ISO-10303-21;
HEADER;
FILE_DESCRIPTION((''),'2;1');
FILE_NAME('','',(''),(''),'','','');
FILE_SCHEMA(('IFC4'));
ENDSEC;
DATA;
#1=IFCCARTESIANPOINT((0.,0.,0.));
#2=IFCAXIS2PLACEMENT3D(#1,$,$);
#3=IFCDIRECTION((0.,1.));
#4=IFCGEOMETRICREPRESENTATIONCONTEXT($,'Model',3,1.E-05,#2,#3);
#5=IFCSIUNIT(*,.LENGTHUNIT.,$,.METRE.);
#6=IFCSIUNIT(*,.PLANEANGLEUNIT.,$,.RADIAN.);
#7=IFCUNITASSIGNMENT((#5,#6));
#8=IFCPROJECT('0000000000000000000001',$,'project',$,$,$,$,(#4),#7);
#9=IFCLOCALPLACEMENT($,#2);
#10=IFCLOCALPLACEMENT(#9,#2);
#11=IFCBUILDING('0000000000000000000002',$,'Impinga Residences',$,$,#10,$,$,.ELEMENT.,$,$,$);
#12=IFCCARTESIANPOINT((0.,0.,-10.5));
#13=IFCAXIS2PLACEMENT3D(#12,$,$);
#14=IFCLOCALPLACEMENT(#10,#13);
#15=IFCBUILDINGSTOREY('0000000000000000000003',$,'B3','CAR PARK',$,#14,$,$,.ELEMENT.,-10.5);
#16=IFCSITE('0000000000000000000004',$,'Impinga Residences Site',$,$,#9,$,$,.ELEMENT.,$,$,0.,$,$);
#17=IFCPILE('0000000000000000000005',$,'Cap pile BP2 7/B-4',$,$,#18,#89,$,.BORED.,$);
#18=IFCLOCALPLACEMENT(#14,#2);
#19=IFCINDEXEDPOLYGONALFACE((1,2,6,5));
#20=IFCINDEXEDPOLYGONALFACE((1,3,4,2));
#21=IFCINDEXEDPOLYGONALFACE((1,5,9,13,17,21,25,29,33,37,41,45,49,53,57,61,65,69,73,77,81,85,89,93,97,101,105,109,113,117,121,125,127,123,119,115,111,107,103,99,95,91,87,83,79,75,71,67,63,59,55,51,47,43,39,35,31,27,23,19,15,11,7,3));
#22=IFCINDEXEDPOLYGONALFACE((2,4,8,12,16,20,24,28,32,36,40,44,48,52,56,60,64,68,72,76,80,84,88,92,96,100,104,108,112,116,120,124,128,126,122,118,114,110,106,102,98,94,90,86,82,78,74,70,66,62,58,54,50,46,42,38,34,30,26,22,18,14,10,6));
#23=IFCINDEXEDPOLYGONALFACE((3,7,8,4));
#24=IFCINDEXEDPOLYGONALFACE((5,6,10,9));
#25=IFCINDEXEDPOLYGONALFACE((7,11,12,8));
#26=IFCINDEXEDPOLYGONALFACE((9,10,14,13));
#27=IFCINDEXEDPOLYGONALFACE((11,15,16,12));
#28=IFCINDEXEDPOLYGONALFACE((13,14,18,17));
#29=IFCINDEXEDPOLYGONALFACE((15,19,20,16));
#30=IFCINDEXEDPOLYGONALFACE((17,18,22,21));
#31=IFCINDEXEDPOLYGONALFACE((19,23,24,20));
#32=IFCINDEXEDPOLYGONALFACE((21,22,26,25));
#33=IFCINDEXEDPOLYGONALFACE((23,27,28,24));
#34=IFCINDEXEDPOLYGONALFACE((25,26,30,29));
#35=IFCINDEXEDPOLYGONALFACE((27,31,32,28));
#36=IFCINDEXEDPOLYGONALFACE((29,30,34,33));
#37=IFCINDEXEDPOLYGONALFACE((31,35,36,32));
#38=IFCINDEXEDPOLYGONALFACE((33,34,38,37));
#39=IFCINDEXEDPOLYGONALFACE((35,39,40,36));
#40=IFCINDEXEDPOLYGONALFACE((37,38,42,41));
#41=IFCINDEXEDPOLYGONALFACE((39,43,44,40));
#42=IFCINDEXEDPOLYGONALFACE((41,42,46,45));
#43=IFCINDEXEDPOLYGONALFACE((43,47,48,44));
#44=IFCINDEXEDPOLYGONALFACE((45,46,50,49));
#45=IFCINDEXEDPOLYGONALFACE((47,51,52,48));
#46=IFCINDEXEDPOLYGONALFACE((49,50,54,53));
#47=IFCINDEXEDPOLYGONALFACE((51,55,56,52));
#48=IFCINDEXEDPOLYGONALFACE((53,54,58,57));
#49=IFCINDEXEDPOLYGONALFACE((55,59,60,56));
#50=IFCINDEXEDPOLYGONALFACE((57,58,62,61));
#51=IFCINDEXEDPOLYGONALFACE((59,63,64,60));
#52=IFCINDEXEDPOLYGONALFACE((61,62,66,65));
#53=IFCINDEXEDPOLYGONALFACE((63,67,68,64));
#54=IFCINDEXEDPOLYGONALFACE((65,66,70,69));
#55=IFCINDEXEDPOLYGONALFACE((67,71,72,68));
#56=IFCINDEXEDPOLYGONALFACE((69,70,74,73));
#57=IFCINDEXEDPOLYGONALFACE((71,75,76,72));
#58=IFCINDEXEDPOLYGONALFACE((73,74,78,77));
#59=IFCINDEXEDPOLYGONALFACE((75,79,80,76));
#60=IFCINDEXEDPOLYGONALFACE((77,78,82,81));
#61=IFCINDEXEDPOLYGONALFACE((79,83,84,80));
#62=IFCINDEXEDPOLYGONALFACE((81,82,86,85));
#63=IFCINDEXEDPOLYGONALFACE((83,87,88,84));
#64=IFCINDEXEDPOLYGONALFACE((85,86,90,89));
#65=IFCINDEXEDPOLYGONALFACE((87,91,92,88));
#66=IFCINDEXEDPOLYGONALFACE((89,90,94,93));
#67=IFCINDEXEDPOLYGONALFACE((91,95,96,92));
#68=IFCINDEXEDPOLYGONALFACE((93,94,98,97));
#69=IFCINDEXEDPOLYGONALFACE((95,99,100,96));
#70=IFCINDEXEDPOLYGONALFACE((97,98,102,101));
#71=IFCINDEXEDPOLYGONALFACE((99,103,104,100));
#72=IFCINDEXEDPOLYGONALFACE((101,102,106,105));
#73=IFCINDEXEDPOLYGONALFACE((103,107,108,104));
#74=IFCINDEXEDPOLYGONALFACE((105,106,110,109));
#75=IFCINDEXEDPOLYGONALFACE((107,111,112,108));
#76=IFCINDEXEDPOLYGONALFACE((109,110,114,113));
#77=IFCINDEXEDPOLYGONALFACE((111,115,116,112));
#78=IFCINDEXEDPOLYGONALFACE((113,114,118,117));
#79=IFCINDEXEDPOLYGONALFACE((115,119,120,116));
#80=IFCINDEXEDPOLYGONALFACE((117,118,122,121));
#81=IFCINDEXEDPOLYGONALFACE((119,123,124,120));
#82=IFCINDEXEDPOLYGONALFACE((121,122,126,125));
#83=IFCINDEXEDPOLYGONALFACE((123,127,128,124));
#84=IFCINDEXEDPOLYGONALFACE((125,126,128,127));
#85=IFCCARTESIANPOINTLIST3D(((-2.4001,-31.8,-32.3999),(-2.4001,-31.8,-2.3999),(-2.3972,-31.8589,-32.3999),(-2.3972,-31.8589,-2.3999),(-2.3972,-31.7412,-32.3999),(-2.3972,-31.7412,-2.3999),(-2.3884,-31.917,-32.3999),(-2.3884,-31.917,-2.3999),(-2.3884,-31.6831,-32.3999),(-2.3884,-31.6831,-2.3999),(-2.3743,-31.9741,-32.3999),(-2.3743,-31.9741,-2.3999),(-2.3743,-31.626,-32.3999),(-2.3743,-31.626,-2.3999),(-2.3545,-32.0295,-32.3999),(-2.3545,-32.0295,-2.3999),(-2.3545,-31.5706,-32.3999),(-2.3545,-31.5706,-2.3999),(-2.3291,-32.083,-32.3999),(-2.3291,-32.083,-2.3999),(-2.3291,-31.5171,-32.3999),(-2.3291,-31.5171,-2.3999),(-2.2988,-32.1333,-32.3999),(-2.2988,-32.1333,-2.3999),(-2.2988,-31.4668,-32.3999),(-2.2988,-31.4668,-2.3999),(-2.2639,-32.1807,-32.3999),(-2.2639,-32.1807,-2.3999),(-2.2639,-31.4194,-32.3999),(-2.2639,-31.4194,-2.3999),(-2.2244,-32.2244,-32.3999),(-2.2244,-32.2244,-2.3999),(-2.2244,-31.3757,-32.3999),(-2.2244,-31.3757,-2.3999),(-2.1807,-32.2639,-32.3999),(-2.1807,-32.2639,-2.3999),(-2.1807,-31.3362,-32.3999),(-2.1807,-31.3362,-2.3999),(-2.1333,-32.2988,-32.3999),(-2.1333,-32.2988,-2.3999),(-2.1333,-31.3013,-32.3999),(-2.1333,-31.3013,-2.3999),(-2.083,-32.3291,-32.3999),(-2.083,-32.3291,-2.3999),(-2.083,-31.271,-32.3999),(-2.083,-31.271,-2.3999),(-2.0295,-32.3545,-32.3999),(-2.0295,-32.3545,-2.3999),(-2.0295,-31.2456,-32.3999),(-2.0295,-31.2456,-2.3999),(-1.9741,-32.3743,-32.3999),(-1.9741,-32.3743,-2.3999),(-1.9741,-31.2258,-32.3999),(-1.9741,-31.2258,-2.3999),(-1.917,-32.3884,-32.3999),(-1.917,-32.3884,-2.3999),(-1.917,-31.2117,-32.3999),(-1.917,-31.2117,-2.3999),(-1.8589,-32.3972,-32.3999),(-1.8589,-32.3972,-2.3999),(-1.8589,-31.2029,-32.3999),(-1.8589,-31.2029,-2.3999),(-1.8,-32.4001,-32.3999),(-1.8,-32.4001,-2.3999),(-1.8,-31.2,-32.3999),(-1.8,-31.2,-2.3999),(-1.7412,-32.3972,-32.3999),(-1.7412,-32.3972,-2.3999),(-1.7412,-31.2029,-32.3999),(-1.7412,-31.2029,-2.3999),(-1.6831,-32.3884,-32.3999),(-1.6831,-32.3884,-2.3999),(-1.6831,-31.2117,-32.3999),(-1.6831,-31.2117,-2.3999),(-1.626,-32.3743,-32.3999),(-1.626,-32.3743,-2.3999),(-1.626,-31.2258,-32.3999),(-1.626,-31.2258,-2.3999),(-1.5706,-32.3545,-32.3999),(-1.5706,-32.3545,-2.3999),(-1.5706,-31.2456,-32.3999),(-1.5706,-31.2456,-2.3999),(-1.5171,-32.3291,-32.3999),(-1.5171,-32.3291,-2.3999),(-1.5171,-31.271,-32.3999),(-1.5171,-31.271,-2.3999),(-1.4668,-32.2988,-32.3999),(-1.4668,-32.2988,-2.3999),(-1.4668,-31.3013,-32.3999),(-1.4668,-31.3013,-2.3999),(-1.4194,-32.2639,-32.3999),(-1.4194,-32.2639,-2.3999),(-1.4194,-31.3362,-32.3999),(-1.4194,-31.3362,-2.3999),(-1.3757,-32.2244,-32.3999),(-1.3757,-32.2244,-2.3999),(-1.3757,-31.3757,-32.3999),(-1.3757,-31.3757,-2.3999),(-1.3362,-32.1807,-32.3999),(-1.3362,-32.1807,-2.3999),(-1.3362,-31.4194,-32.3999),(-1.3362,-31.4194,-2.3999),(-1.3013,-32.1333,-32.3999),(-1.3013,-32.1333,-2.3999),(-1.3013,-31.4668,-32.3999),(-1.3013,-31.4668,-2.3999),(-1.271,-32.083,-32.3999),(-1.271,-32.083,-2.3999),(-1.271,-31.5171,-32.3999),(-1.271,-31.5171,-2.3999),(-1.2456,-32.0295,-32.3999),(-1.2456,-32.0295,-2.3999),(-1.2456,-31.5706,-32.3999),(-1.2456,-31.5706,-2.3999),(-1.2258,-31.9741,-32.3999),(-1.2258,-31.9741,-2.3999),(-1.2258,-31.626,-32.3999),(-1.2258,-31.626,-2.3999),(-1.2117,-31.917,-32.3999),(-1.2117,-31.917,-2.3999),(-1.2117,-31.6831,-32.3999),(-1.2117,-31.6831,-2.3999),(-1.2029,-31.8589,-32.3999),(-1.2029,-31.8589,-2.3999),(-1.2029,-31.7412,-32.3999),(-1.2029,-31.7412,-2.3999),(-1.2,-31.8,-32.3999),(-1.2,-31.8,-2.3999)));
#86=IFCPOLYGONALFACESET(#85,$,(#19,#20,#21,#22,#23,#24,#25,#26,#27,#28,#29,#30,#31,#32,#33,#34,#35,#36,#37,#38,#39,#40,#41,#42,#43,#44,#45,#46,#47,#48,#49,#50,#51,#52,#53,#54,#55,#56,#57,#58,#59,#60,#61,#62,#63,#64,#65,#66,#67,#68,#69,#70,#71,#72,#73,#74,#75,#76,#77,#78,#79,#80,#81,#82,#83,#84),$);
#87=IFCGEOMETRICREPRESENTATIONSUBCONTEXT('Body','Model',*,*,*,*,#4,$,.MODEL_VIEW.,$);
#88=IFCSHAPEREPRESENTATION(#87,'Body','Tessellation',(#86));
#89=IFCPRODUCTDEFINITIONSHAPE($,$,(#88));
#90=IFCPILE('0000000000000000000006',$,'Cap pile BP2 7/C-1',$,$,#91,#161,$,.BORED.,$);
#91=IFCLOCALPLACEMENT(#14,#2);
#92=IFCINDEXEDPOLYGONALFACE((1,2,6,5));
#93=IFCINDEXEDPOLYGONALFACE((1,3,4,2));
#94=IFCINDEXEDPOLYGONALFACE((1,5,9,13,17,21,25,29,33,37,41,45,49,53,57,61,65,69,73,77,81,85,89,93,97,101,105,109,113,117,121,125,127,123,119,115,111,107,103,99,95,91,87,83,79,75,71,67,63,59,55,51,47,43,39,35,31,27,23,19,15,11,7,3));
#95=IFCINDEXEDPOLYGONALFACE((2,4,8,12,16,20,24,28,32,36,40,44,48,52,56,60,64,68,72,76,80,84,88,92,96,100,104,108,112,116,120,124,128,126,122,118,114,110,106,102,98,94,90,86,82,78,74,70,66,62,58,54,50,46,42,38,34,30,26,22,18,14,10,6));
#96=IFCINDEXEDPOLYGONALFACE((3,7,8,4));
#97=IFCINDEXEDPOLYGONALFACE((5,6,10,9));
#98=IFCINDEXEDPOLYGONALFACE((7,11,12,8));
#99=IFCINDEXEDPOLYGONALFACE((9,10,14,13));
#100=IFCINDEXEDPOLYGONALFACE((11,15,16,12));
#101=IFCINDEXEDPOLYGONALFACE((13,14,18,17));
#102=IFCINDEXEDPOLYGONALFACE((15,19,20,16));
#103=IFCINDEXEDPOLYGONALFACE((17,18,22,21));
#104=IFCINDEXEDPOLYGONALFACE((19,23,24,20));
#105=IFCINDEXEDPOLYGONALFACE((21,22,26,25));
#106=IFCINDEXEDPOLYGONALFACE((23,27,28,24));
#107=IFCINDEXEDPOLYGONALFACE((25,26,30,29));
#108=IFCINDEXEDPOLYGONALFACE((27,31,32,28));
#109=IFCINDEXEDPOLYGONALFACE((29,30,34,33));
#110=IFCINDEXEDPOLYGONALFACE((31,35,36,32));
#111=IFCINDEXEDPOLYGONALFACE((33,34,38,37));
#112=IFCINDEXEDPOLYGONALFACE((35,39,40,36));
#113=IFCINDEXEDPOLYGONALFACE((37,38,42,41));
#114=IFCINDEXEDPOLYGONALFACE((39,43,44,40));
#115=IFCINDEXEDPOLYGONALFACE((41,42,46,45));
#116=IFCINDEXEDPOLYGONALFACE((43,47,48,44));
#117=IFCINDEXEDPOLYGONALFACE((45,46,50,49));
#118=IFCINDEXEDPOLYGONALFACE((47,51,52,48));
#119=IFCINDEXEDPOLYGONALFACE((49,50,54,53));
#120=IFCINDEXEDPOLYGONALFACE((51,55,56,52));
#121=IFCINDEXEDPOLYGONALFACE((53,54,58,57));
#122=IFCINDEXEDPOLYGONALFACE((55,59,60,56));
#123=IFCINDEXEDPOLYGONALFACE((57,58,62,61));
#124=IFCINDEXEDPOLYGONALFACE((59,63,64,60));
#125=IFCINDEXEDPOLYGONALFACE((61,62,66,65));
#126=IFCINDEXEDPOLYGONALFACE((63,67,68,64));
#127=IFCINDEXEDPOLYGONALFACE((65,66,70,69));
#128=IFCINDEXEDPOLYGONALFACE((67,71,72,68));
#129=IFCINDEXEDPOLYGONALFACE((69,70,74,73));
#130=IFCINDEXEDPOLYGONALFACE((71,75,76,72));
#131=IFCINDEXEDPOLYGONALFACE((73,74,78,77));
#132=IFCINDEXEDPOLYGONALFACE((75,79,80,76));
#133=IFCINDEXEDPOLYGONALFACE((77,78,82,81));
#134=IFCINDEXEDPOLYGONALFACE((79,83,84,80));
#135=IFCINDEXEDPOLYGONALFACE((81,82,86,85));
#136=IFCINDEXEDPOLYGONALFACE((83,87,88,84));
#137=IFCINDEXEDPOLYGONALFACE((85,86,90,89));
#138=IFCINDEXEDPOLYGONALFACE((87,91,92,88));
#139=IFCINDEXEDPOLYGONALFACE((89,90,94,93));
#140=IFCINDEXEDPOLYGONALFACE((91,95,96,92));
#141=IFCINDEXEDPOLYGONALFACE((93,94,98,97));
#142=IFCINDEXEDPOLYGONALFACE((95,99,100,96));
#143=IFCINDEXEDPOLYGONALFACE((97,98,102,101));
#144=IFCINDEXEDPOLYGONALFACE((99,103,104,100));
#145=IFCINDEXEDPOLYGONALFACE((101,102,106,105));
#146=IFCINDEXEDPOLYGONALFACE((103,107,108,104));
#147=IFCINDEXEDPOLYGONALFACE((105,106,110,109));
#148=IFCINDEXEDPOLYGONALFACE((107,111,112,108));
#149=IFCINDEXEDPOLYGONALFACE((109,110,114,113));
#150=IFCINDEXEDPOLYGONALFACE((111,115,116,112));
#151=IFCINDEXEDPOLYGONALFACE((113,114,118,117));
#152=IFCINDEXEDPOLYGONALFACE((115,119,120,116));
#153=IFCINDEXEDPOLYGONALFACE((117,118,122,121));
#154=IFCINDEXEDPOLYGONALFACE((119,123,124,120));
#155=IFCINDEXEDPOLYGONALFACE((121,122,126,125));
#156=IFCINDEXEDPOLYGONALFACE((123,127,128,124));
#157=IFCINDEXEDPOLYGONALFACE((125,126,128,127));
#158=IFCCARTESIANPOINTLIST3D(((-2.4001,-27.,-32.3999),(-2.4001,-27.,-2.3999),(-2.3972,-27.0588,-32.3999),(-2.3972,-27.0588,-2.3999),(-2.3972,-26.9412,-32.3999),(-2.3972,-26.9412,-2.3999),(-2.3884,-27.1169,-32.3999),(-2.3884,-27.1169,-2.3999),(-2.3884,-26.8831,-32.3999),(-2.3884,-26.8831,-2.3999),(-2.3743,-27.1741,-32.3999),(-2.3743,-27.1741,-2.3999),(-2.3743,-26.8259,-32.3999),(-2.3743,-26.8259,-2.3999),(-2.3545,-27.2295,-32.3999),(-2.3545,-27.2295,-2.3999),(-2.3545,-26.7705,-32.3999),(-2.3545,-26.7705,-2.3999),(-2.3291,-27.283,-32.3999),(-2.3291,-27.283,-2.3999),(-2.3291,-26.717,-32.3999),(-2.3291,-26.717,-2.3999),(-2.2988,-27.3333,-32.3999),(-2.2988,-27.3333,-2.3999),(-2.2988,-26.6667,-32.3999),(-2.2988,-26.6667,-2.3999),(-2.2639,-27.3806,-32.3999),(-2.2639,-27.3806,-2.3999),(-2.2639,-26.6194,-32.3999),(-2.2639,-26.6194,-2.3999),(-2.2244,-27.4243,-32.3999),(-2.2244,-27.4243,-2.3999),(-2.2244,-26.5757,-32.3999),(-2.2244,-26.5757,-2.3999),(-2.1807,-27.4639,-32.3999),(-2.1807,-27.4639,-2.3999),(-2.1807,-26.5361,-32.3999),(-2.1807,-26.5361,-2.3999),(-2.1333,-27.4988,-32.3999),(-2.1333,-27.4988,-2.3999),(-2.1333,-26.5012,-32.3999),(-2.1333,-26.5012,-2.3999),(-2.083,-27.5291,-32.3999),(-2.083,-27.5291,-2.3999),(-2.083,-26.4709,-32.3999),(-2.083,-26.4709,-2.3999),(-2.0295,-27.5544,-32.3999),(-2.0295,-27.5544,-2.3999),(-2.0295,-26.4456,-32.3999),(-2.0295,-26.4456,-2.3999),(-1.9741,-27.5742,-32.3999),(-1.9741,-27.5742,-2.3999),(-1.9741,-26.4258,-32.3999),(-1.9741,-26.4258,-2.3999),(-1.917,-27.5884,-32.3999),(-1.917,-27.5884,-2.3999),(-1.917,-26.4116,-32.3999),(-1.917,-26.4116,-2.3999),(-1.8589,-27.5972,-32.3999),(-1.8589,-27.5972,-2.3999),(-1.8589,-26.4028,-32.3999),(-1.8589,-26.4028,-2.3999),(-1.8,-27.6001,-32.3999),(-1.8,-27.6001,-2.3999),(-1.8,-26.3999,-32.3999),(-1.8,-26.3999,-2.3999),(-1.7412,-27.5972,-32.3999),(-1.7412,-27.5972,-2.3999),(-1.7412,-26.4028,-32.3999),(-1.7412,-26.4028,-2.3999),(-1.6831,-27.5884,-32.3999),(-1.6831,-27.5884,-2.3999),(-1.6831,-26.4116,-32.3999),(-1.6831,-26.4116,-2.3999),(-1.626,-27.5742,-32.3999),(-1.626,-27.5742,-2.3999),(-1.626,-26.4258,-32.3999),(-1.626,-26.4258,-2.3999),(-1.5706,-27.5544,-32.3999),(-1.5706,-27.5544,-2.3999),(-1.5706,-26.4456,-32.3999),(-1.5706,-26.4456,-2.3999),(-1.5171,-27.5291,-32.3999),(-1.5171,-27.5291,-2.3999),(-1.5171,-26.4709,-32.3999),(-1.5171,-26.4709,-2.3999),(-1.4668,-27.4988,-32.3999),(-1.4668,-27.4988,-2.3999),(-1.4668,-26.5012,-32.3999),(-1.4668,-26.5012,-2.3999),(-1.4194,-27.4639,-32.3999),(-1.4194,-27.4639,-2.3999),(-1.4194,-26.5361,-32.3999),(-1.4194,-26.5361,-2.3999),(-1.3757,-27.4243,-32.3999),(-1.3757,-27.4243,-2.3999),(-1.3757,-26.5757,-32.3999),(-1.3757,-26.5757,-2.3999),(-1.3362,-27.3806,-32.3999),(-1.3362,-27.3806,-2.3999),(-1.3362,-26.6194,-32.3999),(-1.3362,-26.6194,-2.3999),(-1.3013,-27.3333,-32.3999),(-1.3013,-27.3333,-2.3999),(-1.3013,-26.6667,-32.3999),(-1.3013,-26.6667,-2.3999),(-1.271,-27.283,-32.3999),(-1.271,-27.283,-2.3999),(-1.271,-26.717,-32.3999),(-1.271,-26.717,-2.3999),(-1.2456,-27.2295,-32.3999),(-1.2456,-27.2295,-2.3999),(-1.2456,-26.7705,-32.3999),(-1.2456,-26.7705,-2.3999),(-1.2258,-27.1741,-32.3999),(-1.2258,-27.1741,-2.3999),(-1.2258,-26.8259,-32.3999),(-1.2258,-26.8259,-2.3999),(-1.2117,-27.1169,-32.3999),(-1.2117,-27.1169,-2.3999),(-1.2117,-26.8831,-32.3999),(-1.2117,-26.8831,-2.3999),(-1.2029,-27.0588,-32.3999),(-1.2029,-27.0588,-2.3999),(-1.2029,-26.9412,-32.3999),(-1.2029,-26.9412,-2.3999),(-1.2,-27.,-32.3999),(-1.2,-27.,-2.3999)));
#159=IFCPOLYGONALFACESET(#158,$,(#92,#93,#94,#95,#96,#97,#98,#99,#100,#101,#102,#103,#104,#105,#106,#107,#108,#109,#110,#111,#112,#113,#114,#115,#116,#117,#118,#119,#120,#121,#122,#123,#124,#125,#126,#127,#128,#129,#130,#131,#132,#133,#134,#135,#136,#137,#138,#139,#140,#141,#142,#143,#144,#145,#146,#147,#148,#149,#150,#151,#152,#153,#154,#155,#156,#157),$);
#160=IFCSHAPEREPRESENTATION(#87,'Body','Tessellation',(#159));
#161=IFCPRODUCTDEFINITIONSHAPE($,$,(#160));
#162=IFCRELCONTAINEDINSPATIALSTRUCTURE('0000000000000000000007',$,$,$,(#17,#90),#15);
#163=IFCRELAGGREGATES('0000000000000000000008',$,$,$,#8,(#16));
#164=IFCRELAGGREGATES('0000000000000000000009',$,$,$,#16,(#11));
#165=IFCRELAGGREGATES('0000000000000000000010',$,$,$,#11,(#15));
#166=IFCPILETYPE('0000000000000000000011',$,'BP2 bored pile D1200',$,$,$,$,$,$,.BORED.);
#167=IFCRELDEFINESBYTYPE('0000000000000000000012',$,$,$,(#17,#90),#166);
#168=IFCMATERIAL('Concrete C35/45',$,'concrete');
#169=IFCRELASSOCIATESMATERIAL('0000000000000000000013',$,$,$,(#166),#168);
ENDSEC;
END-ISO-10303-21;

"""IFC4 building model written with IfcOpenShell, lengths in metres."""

from ifc_helpers import new_model, si_unit, direction, frame, origin, origin_2d, place, context, subcontext, project, spatial, polyline, circle, outline, extrude, material, material_profile, profile_set, type_object, element, save


model = new_model("IFC4")

# Units and contexts
model_context = context("Model", 3, precision=1e-05, world=origin(), true_north=direction((0.0, 1.0)))
body_context = subcontext(model_context, "Body", "Model", "MODEL_VIEW")
ifc_project = project(units=[si_unit("LENGTHUNIT", "METRE"), si_unit("PLANEANGLEUNIT", "RADIAN")], contexts=[model_context])

# Site, building, storey
site_placement = place(None, origin())
site = spatial("IfcSite", under=ifc_project, at=site_placement, Name="Impinga Residences Site", CompositionType="ELEMENT", RefElevation=0.0)
building_placement = place(site_placement, origin())
building = spatial("IfcBuilding", under=site, at=building_placement, Name="Impinga Residences", CompositionType="ELEMENT")
storey_placement = place(building_placement, frame((0.0, 0.0, -10.5)))
storey = spatial("IfcBuildingStorey", under=building, at=storey_placement, Name="B3", Description="CAR PARK", CompositionType="ELEMENT", Elevation=-10.5)

# Piles
ifc_material_1 = material(Name="Concrete C35/45", Category="concrete")
ifc_material_profile_1 = material_profile(ifc_material_1, circle(Radius=0.6001, at=origin_2d()), Name="D1200")
ifc_profile_set_1 = profile_set([ifc_material_profile_1], Name="Concrete C35/45")
pile_type_1 = type_object("IfcPileType", Name="BP2 bored pile D1200", PredefinedType="BORED", material=ifc_profile_set_1)
pile_1_placement = place(storey_placement, frame((-1.8, -31.8, -2.3999), z_axis=(0.0, 0.0, -1.0), x_axis=(1.0, 0.0, 0.0)))
element("IfcPile", 1, at=pile_1_placement, inside=storey, type_object=pile_type_1, Name="Cap pile BP2 7/B-4", PredefinedType="BORED", context=body_context, shape_type="SweptSolid", body=[
    extrude(outline(polyline([(0.6001, 0.0), (0.5972, 0.0588), (0.5884, 0.1169), (0.5742, 0.1741), (0.5544, 0.2295), (0.5291, 0.283), (0.4988, 0.3333), (0.4639, 0.3806), (0.4243, 0.4243), (0.3806, 0.4639), (0.3333, 0.4988), (0.283, 0.5291), (0.2295, 0.5544), (0.1741, 0.5742), (0.1169, 0.5884), (0.0588, 0.5972), (0.0, 0.6001), (-0.0588, 0.5972), (-0.1169, 0.5884), (-0.1741, 0.5742), (-0.2295, 0.5544), (-0.283, 0.5291), (-0.3333, 0.4988), (-0.3806, 0.4639), (-0.4243, 0.4243), (-0.4639, 0.3806), (-0.4988, 0.3333), (-0.5291, 0.283), (-0.5544, 0.2295), (-0.5742, 0.1741), (-0.5884, 0.1169), (-0.5972, 0.0588), (-0.6001, 0.0), (-0.5972, -0.0588), (-0.5884, -0.1169), (-0.5742, -0.1741), (-0.5544, -0.2295), (-0.5291, -0.283), (-0.4988, -0.3333), (-0.4639, -0.3806), (-0.4243, -0.4243), (-0.3806, -0.4639), (-0.3333, -0.4988), (-0.283, -0.5291), (-0.2295, -0.5544), (-0.1741, -0.5742), (-0.1169, -0.5884), (-0.0588, -0.5972), (0.0, -0.6001), (0.0588, -0.5972), (0.1169, -0.5884), (0.1741, -0.5742), (0.2295, -0.5544), (0.283, -0.5291), (0.3333, -0.4988), (0.3806, -0.4639), (0.4243, -0.4243), (0.4639, -0.3806), (0.4988, -0.3333), (0.5291, -0.283), (0.5544, -0.2295), (0.5742, -0.1741), (0.5884, -0.1169), (0.5972, -0.0588), (0.6001, 0.0)])), origin(), (0.0, 0.0, 1.0), 30.0),
])
pile_2_placement = place(storey_placement, frame((-1.8, -27.0, -2.3999), z_axis=(0.0, 0.0, -1.0), x_axis=(1.0, 0.0, 0.0)))
element("IfcPile", 2, at=pile_2_placement, inside=storey, type_object=pile_type_1, Name="Cap pile BP2 7/C-1", PredefinedType="BORED", context=body_context, shape_type="SweptSolid", body=[
    extrude(outline(polyline([(0.6001, 0.0), (0.5972, 0.0588), (0.5884, 0.1169), (0.5742, 0.1741), (0.5544, 0.2295), (0.5291, 0.283), (0.4988, 0.3333), (0.4639, 0.3806), (0.4243, 0.4243), (0.3806, 0.4639), (0.3333, 0.4988), (0.283, 0.5291), (0.2295, 0.5544), (0.1741, 0.5742), (0.1169, 0.5884), (0.0588, 0.5972), (0.0, 0.6001), (-0.0588, 0.5972), (-0.1169, 0.5884), (-0.1741, 0.5742), (-0.2295, 0.5544), (-0.283, 0.5291), (-0.3333, 0.4988), (-0.3806, 0.4639), (-0.4243, 0.4243), (-0.4639, 0.3806), (-0.4988, 0.3333), (-0.5291, 0.283), (-0.5544, 0.2295), (-0.5742, 0.1741), (-0.5884, 0.1169), (-0.5972, 0.0588), (-0.6001, 0.0), (-0.5972, -0.0588), (-0.5884, -0.1169), (-0.5742, -0.1741), (-0.5544, -0.2295), (-0.5291, -0.283), (-0.4988, -0.3333), (-0.4639, -0.3806), (-0.4243, -0.4243), (-0.3806, -0.4639), (-0.3333, -0.4988), (-0.283, -0.5291), (-0.2295, -0.5544), (-0.1741, -0.5742), (-0.1169, -0.5884), (-0.0588, -0.5972), (0.0, -0.6001), (0.0588, -0.5972), (0.1169, -0.5884), (0.1741, -0.5742), (0.2295, -0.5544), (0.283, -0.5291), (0.3333, -0.4988), (0.3806, -0.4639), (0.4243, -0.4243), (0.4639, -0.3806), (0.4988, -0.3333), (0.5291, -0.283), (0.5544, -0.2295), (0.5742, -0.1741), (0.5884, -0.1169), (0.5972, -0.0588), (0.6001, 0.0)])), origin(), (0.0, 0.0, 1.0), 30.0),
])

save(model, "model.ifc")
